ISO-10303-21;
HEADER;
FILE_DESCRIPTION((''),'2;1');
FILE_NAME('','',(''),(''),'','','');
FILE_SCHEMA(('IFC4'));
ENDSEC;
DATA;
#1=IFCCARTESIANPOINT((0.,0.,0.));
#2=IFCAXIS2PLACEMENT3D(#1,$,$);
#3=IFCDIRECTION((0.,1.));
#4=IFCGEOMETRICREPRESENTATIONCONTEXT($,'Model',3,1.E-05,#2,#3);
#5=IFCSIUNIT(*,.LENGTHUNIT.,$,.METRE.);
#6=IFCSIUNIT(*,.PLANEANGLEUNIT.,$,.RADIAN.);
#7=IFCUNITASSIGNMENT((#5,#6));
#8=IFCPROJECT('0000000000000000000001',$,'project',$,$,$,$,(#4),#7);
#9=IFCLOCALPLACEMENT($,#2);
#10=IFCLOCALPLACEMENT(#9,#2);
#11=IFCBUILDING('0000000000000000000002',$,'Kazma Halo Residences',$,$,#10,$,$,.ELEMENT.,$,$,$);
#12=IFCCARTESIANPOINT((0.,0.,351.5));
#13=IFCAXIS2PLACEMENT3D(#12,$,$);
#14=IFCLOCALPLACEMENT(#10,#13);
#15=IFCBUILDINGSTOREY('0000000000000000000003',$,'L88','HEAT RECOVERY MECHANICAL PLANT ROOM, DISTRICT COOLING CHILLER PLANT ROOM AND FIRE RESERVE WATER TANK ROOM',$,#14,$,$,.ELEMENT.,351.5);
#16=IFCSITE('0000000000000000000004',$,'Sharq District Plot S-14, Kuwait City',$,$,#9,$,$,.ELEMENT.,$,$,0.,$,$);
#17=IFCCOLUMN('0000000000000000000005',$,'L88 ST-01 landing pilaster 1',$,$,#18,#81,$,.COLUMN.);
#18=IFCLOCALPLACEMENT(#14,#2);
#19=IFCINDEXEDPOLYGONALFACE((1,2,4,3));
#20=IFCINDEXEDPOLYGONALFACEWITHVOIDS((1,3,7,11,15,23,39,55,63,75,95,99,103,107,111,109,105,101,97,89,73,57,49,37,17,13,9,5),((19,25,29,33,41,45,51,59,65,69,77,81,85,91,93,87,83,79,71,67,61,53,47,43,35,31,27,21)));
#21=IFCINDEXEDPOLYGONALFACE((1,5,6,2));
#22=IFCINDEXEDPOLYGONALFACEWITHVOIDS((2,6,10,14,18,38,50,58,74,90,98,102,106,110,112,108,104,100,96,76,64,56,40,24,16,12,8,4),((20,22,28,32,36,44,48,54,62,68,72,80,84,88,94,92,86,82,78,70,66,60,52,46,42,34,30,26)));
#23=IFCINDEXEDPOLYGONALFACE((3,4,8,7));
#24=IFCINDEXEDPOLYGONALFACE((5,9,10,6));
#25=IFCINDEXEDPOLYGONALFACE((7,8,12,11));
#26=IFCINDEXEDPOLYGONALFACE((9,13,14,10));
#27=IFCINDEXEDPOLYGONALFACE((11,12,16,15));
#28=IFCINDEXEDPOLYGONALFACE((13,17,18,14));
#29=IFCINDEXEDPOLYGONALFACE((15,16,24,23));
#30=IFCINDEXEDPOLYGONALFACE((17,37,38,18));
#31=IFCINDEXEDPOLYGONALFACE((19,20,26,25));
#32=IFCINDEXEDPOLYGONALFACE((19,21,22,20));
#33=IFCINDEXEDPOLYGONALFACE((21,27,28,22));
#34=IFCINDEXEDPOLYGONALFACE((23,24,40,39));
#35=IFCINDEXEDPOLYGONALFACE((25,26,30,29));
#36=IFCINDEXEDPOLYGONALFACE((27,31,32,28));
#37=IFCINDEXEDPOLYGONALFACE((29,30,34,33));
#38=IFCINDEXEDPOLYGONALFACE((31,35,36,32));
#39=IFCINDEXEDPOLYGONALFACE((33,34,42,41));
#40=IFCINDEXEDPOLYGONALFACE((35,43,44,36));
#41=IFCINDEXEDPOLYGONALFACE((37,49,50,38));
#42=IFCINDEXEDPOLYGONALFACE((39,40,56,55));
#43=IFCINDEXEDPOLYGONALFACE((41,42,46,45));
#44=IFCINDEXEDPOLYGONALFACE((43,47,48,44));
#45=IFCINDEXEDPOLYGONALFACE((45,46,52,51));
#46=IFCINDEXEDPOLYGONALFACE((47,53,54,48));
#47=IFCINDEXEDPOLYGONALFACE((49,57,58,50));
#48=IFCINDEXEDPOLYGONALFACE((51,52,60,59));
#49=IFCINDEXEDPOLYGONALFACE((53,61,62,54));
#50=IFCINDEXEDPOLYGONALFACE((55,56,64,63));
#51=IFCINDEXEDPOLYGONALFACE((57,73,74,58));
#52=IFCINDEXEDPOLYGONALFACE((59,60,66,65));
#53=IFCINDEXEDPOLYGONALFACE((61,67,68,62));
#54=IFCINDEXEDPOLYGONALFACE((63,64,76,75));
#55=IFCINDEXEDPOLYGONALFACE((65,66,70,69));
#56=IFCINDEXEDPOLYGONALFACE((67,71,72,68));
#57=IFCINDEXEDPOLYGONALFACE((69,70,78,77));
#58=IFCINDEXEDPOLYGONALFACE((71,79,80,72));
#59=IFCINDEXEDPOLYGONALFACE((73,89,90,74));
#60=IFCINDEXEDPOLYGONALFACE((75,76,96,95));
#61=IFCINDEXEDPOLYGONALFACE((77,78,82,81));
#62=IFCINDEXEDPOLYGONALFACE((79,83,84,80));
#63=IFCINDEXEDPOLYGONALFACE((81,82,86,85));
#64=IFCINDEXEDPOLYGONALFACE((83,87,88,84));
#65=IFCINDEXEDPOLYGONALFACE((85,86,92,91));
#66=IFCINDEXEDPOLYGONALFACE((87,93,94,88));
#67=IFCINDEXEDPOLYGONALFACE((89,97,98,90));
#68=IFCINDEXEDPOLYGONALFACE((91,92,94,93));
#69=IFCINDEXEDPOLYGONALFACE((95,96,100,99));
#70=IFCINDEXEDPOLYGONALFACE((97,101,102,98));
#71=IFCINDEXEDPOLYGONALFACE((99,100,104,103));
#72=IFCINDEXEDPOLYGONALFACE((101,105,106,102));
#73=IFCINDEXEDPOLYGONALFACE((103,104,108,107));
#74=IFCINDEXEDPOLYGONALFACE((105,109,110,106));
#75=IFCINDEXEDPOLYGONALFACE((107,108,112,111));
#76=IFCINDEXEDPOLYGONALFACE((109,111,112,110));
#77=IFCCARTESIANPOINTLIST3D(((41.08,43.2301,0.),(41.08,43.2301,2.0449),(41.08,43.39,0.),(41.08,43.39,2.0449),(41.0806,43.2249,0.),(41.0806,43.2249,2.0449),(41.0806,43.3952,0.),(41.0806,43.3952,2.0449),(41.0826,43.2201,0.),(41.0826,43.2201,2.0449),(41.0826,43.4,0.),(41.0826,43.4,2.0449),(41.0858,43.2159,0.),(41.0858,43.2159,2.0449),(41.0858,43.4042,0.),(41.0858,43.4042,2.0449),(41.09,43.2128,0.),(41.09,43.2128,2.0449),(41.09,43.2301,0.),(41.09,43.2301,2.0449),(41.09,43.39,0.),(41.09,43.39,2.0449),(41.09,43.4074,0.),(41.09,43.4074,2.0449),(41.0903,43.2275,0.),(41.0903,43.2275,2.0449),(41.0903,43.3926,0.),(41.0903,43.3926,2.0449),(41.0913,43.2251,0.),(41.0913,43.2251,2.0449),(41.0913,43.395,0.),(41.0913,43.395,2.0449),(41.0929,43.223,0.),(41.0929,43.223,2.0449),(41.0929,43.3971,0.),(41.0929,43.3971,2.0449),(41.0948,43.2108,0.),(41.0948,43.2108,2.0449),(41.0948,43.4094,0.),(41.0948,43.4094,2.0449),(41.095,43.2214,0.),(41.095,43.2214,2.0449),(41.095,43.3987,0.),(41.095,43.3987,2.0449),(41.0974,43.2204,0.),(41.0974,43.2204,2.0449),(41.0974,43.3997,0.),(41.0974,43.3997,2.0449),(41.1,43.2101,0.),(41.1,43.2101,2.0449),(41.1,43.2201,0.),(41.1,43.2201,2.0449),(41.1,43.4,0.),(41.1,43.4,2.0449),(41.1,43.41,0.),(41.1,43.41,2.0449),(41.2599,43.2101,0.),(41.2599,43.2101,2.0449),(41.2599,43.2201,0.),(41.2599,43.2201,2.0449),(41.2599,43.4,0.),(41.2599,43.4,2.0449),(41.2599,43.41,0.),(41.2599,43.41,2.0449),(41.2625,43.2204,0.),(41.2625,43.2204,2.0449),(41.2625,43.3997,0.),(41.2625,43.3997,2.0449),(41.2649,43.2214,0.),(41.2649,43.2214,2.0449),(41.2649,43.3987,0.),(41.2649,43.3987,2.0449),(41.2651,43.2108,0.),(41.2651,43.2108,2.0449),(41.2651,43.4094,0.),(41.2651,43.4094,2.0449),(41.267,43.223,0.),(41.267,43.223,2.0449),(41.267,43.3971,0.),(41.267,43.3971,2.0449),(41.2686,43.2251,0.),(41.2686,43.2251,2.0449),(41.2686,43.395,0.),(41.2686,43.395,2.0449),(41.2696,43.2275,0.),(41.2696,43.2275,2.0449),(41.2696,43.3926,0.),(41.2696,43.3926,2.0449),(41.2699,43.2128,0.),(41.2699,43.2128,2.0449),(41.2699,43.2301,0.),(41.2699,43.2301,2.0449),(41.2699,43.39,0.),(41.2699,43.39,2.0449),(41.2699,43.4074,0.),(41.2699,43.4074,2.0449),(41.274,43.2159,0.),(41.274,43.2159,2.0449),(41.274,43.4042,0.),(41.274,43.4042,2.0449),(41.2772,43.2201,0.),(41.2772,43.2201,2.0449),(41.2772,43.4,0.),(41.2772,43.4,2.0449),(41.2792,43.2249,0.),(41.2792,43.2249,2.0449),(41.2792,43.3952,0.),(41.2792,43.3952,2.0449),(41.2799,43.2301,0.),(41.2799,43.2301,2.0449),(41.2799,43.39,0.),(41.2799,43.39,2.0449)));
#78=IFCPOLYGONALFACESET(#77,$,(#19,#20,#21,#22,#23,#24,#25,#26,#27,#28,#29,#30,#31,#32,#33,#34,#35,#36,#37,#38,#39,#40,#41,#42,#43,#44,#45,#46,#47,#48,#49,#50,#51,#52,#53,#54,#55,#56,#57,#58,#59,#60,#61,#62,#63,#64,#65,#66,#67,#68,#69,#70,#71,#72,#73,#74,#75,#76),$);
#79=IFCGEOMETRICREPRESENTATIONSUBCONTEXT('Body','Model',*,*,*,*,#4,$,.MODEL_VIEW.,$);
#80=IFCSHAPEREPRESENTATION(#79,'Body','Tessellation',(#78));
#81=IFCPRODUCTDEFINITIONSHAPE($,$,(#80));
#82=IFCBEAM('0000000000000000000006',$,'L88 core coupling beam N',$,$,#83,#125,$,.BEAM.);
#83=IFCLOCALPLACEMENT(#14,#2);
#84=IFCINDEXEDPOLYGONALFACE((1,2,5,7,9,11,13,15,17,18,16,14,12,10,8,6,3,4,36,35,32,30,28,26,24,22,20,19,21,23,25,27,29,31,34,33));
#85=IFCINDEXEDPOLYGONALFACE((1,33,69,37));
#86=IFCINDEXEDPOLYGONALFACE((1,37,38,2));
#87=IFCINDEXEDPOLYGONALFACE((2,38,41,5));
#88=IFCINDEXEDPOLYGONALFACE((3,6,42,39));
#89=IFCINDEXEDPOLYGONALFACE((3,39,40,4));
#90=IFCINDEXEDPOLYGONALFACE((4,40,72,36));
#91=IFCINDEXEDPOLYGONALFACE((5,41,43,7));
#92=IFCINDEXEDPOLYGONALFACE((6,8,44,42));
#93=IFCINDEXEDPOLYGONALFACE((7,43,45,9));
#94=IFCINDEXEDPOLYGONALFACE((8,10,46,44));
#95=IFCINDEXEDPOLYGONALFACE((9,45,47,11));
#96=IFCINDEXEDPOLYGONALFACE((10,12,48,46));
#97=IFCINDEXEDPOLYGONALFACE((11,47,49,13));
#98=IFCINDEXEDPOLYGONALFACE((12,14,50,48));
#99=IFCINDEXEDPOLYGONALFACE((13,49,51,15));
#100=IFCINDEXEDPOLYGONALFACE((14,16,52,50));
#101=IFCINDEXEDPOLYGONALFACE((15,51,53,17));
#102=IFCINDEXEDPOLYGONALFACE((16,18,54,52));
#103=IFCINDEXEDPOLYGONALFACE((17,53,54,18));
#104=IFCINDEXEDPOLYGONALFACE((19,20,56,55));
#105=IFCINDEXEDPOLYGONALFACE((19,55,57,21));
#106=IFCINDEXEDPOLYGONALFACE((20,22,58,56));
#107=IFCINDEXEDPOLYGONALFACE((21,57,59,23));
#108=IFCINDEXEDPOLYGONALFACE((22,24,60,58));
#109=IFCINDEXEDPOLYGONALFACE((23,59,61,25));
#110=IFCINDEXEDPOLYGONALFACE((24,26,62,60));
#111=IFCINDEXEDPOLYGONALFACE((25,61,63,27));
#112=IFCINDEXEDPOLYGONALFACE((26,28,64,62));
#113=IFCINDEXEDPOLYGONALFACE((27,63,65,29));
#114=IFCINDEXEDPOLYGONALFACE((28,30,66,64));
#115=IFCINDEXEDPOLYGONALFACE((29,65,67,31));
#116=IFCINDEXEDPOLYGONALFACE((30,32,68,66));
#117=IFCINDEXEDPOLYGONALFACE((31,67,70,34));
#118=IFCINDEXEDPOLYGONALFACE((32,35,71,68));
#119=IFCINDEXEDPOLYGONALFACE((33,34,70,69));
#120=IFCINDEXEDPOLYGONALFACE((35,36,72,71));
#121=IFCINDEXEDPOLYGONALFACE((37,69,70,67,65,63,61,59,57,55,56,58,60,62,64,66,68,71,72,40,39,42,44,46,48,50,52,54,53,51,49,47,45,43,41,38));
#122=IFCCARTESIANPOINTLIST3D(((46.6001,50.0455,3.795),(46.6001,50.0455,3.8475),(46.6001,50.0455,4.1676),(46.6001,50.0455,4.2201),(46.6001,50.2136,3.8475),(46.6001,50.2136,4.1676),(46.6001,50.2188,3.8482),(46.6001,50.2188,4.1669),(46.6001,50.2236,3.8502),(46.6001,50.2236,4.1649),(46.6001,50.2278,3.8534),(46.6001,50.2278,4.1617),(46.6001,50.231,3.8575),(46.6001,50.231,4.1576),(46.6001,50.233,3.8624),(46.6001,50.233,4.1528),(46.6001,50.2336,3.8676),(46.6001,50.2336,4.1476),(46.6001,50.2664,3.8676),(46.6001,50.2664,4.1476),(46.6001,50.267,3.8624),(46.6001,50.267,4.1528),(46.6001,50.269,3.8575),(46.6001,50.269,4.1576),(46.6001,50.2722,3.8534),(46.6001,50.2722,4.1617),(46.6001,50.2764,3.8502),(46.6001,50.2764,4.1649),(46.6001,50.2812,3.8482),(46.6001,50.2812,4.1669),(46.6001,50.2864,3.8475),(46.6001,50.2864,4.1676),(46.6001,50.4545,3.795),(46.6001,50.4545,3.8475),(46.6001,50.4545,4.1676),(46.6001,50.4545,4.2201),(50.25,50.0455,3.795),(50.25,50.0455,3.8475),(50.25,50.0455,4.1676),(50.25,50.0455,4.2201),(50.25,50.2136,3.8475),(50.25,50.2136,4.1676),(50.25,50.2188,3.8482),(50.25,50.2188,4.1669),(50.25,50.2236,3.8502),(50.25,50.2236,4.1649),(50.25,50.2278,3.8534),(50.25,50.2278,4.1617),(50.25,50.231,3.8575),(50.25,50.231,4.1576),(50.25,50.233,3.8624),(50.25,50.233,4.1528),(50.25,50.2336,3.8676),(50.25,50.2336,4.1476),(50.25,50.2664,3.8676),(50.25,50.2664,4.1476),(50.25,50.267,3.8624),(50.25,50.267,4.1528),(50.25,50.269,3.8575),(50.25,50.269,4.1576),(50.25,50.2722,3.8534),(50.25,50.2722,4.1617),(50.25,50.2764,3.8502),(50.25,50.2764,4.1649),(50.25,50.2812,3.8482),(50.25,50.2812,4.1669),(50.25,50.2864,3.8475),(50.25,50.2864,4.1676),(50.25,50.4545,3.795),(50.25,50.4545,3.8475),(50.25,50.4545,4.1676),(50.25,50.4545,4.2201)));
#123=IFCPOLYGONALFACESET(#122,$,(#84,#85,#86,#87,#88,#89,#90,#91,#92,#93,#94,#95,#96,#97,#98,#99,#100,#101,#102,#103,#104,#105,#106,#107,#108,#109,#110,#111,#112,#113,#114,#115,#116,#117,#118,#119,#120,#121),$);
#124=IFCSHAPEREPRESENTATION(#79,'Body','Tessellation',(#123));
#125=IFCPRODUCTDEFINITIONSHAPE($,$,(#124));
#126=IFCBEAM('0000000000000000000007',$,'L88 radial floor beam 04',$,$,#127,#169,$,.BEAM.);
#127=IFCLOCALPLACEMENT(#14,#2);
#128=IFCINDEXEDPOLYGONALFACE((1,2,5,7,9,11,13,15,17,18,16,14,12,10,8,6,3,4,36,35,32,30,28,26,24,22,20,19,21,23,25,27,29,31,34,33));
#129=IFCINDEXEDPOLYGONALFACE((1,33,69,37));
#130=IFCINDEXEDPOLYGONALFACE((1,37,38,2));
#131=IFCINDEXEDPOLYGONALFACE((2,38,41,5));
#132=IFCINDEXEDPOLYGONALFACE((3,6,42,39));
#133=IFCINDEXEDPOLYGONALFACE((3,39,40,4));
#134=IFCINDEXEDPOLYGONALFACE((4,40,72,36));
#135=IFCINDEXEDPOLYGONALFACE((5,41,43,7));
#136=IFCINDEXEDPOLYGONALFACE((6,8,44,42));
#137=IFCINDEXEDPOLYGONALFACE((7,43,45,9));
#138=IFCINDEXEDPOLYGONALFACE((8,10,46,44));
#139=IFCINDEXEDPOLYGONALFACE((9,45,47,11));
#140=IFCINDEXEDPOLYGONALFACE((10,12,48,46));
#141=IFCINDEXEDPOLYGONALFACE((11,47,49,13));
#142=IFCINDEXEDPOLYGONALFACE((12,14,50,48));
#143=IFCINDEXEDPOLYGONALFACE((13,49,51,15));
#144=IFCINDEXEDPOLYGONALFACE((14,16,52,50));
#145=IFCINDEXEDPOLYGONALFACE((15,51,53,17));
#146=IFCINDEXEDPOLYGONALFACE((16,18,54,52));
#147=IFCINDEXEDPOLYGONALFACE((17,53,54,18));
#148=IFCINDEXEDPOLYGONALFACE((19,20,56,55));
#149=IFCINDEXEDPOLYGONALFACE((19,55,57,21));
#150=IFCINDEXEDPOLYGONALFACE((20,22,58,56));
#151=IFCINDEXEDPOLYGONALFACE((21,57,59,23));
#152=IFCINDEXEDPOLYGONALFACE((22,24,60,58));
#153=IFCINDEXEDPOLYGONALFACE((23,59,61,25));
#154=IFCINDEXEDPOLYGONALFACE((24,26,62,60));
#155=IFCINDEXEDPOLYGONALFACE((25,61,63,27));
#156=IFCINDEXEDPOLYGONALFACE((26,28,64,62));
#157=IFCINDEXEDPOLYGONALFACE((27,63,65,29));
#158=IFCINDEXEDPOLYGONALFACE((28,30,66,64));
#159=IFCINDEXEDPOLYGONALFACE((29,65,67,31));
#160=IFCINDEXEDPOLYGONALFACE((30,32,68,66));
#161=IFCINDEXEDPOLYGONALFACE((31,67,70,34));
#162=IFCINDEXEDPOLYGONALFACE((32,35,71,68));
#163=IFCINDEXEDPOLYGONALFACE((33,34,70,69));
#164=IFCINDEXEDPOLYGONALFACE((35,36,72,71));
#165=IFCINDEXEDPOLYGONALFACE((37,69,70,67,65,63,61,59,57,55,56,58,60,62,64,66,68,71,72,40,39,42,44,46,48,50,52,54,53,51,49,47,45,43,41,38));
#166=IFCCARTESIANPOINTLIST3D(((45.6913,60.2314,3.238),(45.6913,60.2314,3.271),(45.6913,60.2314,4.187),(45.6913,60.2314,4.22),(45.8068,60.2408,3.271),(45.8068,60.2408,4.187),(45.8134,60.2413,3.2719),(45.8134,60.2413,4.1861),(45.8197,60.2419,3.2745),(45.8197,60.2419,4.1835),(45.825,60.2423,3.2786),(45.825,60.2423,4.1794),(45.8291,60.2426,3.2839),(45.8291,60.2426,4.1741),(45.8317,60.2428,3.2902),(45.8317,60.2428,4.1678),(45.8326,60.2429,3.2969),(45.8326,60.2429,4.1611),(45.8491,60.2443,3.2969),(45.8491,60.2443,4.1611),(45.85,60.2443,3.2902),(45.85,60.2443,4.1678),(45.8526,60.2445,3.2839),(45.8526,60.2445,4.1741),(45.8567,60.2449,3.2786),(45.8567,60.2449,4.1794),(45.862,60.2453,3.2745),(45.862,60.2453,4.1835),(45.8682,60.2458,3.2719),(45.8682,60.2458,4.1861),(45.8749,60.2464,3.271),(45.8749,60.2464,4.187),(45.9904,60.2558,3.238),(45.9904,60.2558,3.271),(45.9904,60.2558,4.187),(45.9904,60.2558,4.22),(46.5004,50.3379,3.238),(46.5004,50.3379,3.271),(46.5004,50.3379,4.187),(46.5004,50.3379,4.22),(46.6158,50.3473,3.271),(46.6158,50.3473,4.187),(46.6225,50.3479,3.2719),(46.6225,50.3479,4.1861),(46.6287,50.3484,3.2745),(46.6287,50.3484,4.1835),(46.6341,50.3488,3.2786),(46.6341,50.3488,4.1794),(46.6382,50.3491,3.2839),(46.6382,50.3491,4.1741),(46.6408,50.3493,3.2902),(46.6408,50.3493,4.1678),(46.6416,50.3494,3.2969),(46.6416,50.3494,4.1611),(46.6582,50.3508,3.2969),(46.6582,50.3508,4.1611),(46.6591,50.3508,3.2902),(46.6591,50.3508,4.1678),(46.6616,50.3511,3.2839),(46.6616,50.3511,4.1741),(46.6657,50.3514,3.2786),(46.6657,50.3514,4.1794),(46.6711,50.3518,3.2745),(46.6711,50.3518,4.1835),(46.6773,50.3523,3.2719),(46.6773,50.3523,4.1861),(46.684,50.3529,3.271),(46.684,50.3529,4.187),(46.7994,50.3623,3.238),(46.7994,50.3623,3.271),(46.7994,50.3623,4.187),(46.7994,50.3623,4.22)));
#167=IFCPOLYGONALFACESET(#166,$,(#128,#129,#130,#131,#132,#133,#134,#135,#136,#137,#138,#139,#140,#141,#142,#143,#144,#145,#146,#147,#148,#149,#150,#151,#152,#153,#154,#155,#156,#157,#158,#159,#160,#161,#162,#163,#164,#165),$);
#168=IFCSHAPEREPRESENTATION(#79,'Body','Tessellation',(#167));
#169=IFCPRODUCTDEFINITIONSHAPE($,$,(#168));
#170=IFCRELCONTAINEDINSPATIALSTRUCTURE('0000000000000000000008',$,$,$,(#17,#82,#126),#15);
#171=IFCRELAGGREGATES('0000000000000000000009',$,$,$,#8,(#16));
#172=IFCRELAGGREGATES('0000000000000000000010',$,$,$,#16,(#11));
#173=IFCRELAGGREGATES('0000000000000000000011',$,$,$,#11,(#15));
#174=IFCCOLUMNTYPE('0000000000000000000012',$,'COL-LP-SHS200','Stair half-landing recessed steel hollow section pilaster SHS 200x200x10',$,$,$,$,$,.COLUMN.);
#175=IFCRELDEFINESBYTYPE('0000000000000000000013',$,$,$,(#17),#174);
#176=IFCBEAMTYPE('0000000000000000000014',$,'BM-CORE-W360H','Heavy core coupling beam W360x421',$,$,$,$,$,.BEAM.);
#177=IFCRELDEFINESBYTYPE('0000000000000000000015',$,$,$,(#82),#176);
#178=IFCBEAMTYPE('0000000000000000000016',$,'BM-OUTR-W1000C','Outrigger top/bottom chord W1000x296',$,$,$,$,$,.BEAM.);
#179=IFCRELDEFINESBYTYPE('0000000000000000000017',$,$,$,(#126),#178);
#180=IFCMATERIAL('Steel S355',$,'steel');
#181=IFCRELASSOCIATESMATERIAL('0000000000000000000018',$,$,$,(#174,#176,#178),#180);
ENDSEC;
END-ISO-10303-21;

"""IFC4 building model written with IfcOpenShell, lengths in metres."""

from ifc_helpers import new_model, si_unit, direction, frame, origin, origin_2d, place, context, subcontext, project, spatial, hollow_rectangle, i_section, extrude, material, material_profile, profile_set, type_object, element, save


model = new_model("IFC4")

# Units and contexts
model_context = context("Model", 3, precision=1e-05, world=origin(), true_north=direction((0.0, 1.0)))
body_context = subcontext(model_context, "Body", "Model", "MODEL_VIEW")
ifc_project = project(units=[si_unit("LENGTHUNIT", "METRE"), si_unit("PLANEANGLEUNIT", "RADIAN")], contexts=[model_context])

# Site, building, storey
site_placement = place(None, origin())
site = spatial("IfcSite", under=ifc_project, at=site_placement, Name="Sharq District Plot S-14, Kuwait City", CompositionType="ELEMENT", RefElevation=0.0)
building_placement = place(site_placement, origin())
building = spatial("IfcBuilding", under=site, at=building_placement, Name="Kazma Halo Residences", CompositionType="ELEMENT")
storey_placement = place(building_placement, frame((0.0, 0.0, 351.5)))
storey = spatial("IfcBuildingStorey", under=building, at=storey_placement, Name="L88", Description="HEAT RECOVERY MECHANICAL PLANT ROOM, DISTRICT COOLING CHILLER PLANT ROOM AND FIRE RESERVE WATER TANK ROOM", CompositionType="ELEMENT", Elevation=351.5)

# Column
ifc_material_1 = material(Name="Steel S355", Category="steel")
ifc_material_profile_1 = material_profile(ifc_material_1, hollow_rectangle(XDim=0.2, YDim=0.2, WallThickness=0.01, InnerFilletRadius=0.01, OuterFilletRadius=0.02, at=origin_2d()), Name="SHS200x200x10")
ifc_profile_set_1 = profile_set([ifc_material_profile_1], Name="Steel S355")
column_type = type_object("IfcColumnType", Name="COL-LP-SHS200", Description="Stair half-landing recessed steel hollow section pilaster SHS 200x200x10", PredefinedType="COLUMN", material=ifc_profile_set_1)
column_placement = place(storey_placement, frame((41.1799, 43.3101, 0.0), z_axis=(0.0, 0.0, 1.0), x_axis=(1.0, 0.0, 0.0)))
element("IfcColumn", 1, at=column_placement, inside=storey, type_object=column_type, Name="L88 ST-01 landing pilaster 1", PredefinedType="COLUMN", context=body_context, shape_type="SweptSolid", body=[
    extrude(hollow_rectangle(XDim=0.2, YDim=0.2, WallThickness=0.01, InnerFilletRadius=0.01, OuterFilletRadius=0.02, at=origin_2d()), origin(), (0.0, 0.0, 1.0), 2.0449),
])

# Beams
ifc_material_profile_2 = material_profile(ifc_material_1, i_section(OverallWidth=0.4089, OverallDepth=0.425, WebThickness=0.0327, FlangeThickness=0.0525, FilletRadius=0.02, at=origin_2d()), Name="W360x421")
ifc_profile_set_2 = profile_set([ifc_material_profile_2], Name="Steel S355")
beam_type_1 = type_object("IfcBeamType", Name="BM-CORE-W360H", Description="Heavy core coupling beam W360x421", PredefinedType="BEAM", material=ifc_profile_set_2)
beam_1_placement = place(storey_placement, frame((46.6001, 50.25, 4.0076), z_axis=(1.0, 0.0, 0.0), x_axis=(0.0, 1.0, 0.0)))
element("IfcBeam", 2, at=beam_1_placement, inside=storey, type_object=beam_type_1, Name="L88 core coupling beam N", PredefinedType="BEAM", context=body_context, shape_type="SweptSolid", body=[
    extrude(i_section(OverallWidth=0.4089, OverallDepth=0.425, WebThickness=0.0327, FlangeThickness=0.0525, FilletRadius=0.02, at=origin_2d()), origin(), (0.0, 0.0, 1.0), 3.6499),
])
ifc_material_profile_3 = material_profile(ifc_material_1, i_section(OverallWidth=0.3, OverallDepth=0.9819, WebThickness=0.0166, FlangeThickness=0.033, FilletRadius=0.0259, at=origin_2d()), Name="W1000x296")
ifc_profile_set_3 = profile_set([ifc_material_profile_3], Name="Steel S355")
beam_type_2 = type_object("IfcBeamType", Name="BM-OUTR-W1000C", Description="Outrigger top/bottom chord W1000x296", PredefinedType="BEAM", material=ifc_profile_set_3)
beam_2_placement = place(storey_placement, frame((46.6499, 50.3501, 3.729), z_axis=(-0.081507, 0.996673, 0.0), x_axis=(-0.996673, -0.081507, 0.0)))
element("IfcBeam", 3, at=beam_2_placement, inside=storey, type_object=beam_type_2, Name="L88 radial floor beam 04", PredefinedType="BEAM", context=body_context, shape_type="SweptSolid", body=[
    extrude(i_section(OverallWidth=0.3, OverallDepth=0.9819, WebThickness=0.0166, FlangeThickness=0.033, FilletRadius=0.0259, at=origin_2d()), origin(), (0.0, 0.0, 1.0), 9.9265),
])

save(model, "model.ifc")
